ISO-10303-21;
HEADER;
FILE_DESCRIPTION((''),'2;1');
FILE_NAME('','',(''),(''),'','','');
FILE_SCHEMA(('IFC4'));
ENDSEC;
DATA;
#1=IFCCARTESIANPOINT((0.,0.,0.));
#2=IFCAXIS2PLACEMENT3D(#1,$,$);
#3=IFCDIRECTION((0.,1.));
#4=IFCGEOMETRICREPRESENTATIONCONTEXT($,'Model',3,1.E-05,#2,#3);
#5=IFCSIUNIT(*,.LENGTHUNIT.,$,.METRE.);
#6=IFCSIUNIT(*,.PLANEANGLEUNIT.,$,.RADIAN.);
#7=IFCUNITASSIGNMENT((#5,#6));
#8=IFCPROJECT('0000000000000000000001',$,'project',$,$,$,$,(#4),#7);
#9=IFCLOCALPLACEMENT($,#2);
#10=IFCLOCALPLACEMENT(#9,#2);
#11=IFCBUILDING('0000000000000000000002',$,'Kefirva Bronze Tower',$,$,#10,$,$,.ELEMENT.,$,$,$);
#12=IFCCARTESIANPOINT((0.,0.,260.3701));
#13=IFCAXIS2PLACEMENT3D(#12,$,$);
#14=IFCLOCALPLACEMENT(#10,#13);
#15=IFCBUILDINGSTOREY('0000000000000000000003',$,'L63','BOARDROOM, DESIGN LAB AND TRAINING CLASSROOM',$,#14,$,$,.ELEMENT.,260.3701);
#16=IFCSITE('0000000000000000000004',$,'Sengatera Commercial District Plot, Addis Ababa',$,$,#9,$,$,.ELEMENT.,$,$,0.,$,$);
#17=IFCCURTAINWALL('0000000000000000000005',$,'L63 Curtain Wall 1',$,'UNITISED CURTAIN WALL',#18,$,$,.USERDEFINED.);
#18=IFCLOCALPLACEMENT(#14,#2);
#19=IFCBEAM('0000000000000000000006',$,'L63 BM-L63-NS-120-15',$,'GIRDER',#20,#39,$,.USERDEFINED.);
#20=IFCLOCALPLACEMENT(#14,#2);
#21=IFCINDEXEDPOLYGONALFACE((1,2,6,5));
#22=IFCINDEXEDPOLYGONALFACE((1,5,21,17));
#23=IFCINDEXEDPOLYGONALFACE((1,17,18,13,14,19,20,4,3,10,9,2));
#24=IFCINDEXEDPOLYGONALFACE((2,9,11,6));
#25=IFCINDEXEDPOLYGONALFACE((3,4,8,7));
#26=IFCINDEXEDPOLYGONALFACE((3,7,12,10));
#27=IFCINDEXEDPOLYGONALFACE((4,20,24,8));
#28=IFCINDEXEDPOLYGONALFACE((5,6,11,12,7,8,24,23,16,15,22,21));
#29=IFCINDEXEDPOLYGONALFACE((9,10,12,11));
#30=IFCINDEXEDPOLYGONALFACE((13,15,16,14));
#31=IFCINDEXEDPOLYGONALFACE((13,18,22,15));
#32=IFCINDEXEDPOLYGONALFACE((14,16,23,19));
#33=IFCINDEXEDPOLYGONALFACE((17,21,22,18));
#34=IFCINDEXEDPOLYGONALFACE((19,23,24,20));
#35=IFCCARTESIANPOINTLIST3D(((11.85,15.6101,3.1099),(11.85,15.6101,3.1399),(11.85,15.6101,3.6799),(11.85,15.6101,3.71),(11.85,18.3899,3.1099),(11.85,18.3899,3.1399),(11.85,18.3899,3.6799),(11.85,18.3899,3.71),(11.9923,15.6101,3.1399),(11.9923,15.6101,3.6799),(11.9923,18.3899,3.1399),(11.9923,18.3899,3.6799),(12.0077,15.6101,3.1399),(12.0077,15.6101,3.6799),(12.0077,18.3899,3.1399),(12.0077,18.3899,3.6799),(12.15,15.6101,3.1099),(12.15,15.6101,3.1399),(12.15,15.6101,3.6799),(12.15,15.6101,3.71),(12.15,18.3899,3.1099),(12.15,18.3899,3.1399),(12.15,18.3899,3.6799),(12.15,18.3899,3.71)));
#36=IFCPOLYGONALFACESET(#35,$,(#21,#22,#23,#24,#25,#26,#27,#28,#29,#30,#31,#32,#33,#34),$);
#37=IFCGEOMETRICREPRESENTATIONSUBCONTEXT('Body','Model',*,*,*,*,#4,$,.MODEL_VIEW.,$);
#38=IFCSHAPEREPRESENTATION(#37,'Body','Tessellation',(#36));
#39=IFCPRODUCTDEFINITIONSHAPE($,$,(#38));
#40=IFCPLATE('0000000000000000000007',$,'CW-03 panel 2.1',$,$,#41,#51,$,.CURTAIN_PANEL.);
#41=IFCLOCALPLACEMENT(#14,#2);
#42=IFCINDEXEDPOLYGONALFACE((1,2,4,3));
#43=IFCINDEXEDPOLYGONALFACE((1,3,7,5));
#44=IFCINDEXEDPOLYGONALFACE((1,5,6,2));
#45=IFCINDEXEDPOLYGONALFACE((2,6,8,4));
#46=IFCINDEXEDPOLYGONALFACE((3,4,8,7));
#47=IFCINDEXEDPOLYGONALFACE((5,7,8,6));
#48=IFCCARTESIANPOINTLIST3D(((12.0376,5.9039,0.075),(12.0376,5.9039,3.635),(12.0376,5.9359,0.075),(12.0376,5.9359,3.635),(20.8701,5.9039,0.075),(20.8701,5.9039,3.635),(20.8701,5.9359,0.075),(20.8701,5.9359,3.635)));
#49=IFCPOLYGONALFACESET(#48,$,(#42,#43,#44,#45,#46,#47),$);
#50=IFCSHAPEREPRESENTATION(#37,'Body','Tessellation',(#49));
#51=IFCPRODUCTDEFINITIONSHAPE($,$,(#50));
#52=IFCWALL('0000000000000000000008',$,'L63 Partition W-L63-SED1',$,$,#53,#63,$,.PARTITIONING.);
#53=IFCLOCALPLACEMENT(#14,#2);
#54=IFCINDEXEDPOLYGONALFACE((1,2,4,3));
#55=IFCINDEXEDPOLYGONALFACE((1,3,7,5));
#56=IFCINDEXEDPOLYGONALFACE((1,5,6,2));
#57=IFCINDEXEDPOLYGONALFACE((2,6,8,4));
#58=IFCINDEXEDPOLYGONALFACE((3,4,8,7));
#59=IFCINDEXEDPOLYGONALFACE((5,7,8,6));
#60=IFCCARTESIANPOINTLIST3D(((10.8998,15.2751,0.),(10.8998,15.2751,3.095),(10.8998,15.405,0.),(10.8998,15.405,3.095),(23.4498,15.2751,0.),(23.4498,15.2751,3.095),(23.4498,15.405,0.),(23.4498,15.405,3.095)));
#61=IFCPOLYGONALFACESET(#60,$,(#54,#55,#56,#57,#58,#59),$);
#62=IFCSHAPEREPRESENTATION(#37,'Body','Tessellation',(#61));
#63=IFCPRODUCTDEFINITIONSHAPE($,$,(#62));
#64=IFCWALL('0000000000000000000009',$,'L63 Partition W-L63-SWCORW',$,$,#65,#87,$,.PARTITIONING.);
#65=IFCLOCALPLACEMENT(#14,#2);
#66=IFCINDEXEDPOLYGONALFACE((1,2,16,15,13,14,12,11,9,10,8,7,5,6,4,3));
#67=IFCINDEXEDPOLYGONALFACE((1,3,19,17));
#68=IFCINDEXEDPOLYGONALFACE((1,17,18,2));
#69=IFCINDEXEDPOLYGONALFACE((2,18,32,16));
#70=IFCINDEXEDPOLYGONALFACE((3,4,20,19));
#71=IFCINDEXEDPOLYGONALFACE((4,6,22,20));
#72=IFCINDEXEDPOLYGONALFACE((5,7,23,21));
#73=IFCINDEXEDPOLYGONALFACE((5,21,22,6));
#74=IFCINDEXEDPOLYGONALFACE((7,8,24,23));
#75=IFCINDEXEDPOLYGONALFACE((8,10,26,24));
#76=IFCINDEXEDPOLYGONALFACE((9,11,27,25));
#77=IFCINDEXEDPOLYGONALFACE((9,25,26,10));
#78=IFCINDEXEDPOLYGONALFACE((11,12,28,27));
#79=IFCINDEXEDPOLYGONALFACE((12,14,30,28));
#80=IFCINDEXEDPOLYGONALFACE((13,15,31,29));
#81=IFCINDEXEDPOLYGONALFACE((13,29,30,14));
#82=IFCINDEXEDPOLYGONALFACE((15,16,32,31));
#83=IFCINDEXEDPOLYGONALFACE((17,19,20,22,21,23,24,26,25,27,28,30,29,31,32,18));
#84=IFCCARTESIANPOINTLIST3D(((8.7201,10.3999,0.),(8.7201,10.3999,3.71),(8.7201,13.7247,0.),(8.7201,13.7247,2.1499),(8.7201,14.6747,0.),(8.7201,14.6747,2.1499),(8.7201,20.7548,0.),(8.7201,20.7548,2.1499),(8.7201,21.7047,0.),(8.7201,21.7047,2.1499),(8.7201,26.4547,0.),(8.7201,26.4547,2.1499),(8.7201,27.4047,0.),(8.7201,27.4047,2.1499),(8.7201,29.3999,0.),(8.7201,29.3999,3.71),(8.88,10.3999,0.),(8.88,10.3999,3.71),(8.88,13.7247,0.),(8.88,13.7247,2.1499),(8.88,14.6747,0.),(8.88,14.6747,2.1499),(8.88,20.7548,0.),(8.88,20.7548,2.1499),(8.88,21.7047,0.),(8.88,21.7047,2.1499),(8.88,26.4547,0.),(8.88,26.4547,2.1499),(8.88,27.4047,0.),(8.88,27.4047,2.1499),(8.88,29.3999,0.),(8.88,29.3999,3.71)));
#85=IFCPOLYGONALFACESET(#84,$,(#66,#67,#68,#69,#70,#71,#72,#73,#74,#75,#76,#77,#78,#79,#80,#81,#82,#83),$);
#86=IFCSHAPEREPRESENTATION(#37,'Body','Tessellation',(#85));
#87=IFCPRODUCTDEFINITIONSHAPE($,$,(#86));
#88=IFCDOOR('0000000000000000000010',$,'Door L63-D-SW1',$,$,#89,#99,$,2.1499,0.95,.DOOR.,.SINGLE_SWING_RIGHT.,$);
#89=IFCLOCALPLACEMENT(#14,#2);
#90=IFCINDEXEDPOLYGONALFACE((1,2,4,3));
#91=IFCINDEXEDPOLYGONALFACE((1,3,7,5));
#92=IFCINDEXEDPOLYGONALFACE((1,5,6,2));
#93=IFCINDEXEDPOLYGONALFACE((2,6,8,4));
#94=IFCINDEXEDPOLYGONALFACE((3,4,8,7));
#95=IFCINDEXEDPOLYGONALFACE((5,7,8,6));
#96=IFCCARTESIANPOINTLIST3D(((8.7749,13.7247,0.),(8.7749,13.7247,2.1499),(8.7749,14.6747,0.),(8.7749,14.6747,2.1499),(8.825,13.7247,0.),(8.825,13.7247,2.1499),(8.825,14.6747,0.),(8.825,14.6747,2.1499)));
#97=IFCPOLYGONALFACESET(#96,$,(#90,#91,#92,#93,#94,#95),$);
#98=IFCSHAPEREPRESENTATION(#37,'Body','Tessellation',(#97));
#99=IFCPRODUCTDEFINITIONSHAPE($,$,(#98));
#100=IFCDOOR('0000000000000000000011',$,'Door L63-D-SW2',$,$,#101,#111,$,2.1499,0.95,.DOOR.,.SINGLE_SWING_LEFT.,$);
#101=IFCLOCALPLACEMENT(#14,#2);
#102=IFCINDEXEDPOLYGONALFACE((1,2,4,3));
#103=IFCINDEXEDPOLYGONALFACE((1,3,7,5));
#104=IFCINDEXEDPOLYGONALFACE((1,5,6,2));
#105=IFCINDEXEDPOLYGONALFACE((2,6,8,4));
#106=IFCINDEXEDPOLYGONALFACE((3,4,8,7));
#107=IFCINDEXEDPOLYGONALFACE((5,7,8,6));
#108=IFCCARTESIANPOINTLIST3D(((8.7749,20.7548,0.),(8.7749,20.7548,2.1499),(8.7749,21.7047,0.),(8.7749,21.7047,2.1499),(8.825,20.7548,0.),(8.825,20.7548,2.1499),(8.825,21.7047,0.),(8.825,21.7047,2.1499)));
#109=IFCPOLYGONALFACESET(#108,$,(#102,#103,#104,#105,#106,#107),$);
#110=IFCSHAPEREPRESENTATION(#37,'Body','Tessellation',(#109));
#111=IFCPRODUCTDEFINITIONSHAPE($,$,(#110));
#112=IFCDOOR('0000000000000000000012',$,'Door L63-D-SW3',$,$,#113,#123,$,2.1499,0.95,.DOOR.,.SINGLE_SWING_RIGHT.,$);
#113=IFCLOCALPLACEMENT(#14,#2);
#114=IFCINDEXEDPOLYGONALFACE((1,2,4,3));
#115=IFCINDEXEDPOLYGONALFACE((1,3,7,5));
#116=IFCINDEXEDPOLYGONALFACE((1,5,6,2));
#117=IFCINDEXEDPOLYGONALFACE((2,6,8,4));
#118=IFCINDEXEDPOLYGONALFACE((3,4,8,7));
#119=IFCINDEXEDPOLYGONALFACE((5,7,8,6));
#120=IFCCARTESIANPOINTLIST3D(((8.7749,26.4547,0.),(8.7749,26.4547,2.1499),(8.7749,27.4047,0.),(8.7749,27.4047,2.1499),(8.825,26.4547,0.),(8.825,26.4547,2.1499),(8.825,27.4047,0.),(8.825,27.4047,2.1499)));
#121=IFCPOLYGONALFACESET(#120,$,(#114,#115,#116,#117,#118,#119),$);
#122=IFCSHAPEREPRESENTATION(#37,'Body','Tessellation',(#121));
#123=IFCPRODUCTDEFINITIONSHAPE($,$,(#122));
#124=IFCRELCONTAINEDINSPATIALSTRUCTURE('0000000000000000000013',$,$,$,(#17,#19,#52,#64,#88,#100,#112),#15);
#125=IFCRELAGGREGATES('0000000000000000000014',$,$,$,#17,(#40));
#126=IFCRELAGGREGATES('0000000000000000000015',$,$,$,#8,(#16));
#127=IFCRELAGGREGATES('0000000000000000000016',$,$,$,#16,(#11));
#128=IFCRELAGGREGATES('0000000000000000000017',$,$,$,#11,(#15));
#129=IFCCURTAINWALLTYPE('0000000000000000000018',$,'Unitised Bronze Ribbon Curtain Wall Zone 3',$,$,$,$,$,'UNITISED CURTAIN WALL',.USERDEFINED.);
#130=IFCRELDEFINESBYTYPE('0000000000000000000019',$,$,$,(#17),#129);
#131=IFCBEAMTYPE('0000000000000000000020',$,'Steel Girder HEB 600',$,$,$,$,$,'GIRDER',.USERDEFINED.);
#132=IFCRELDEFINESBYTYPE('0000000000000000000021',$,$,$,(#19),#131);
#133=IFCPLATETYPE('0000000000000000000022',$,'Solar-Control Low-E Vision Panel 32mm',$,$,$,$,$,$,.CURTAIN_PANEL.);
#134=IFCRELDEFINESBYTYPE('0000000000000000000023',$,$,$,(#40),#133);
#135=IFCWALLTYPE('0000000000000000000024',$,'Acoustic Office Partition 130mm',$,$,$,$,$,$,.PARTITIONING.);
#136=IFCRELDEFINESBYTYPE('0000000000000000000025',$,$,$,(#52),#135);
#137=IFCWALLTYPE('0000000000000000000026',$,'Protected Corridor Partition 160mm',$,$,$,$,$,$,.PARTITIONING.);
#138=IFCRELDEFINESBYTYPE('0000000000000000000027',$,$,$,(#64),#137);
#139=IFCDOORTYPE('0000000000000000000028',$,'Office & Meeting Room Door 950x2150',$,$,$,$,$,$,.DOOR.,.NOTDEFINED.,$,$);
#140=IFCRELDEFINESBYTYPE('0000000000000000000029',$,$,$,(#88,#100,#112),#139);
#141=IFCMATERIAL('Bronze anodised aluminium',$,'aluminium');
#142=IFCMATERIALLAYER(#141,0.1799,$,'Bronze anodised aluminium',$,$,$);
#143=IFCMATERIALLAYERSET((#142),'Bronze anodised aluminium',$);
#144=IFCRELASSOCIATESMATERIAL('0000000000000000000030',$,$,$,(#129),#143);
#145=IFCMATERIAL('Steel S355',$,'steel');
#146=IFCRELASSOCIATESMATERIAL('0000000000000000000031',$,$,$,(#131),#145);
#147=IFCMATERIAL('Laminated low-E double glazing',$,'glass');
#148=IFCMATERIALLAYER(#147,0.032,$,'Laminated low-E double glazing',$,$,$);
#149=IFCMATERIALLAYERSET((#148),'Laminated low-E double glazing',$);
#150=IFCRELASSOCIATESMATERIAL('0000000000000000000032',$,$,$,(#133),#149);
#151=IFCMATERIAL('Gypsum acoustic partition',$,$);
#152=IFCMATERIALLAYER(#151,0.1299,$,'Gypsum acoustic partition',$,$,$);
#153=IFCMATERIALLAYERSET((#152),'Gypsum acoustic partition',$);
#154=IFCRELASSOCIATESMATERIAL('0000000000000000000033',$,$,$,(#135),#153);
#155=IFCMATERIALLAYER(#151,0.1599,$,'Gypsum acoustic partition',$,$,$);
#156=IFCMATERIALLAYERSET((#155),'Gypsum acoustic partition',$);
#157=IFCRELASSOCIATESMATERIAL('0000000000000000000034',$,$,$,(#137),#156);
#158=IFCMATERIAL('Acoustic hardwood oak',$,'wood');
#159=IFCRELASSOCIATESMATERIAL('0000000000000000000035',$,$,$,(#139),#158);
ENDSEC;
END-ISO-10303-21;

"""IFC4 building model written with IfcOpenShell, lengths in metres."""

from ifc_helpers import new_model, si_unit, direction, frame, frame_2d, origin, origin_2d, place, context, subcontext, project, spatial, rectangle, i_section, extrude, material, layer, layer_set, material_profile, profile_set, type_object, element, fill, aggregate, save


model = new_model("IFC4")

# Units and contexts
model_context = context("Model", 3, precision=1e-05, world=origin(), true_north=direction((0.0, 1.0)))
body_context = subcontext(model_context, "Body", "Model", "MODEL_VIEW")
ifc_project = project(units=[si_unit("LENGTHUNIT", "METRE"), si_unit("PLANEANGLEUNIT", "RADIAN")], contexts=[model_context])

# Site, building, storey
site_placement = place(None, origin())
site = spatial("IfcSite", under=ifc_project, at=site_placement, Name="Sengatera Commercial District Plot, Addis Ababa", CompositionType="ELEMENT", RefElevation=0.0)
building_placement = place(site_placement, origin())
building = spatial("IfcBuilding", under=site, at=building_placement, Name="Kefirva Bronze Tower", CompositionType="ELEMENT")
storey_placement = place(building_placement, frame((0.0, 0.0, 260.3701)))
storey = spatial("IfcBuildingStorey", under=building, at=storey_placement, Name="L63", Description="BOARDROOM, DESIGN LAB AND TRAINING CLASSROOM", CompositionType="ELEMENT", Elevation=260.3701)

# Curtain wall
ifc_material_1 = material(Name="Bronze anodised aluminium", Category="aluminium")
ifc_layer_1 = layer(ifc_material_1, 0.1799, Name="Bronze anodised aluminium")
ifc_layer_set_1 = layer_set([ifc_layer_1], Name="Bronze anodised aluminium")
curtain_wall_type = type_object("IfcCurtainWallType", Name="Unitised Bronze Ribbon Curtain Wall Zone 3", ElementType="UNITISED CURTAIN WALL", PredefinedType="USERDEFINED", material=ifc_layer_set_1)
curtain_wall_placement = place(storey_placement, origin())
curtain_wall = element("IfcCurtainWall", 1, at=curtain_wall_placement, inside=storey, type_object=curtain_wall_type, Name="L63 Curtain Wall 1", ObjectType="UNITISED CURTAIN WALL", PredefinedType="USERDEFINED")

# Beam
ifc_material_2 = material(Name="Steel S355", Category="steel")
ifc_material_profile_1 = material_profile(ifc_material_2, i_section(OverallWidth=0.3, OverallDepth=0.6001, WebThickness=0.0154, FlangeThickness=0.03, at=origin_2d()), Name="HEB 600")
ifc_profile_set_1 = profile_set([ifc_material_profile_1], Name="Steel S355")
beam_type = type_object("IfcBeamType", Name="Steel Girder HEB 600", ElementType="GIRDER", PredefinedType="USERDEFINED", material=ifc_profile_set_1)
beam_1_placement = place(storey_placement, frame((12.0, 15.6101, 3.4099), z_axis=(0.0, 1.0, 0.0), x_axis=(-1.0, 0.0, 0.0)))
element("IfcBeam", 2, at=beam_1_placement, inside=storey, type_object=beam_type, Name="L63 BM-L63-NS-120-15", ObjectType="GIRDER", PredefinedType="USERDEFINED", context=body_context, shape_type="SweptSolid", body=[
    extrude(i_section(OverallWidth=0.3, OverallDepth=0.6001, WebThickness=0.0154, FlangeThickness=0.03, at=origin_2d()), origin(), (0.0, 0.0, 1.0), 2.7798),
])

# Plate
ifc_material_3 = material(Name="Laminated low-E double glazing", Category="glass")
ifc_layer_2 = layer(ifc_material_3, 0.032, Name="Laminated low-E double glazing")
ifc_layer_set_2 = layer_set([ifc_layer_2], Name="Laminated low-E double glazing")
plate_type = type_object("IfcPlateType", Name="Solar-Control Low-E Vision Panel 32mm", PredefinedType="CURTAIN_PANEL", material=ifc_layer_set_2)
plate_placement = place(storey_placement, frame((16.4539, 5.9199, 0.075), z_axis=(0.0, 0.0, 1.0), x_axis=(1.0, 0.0, 0.0)))
plate = element("IfcPlate", 3, at=plate_placement, type_object=plate_type, Name="CW-03 panel 2.1", PredefinedType="CURTAIN_PANEL", context=body_context, shape_type="SweptSolid", body=[
    extrude(rectangle(XDim=8.8325, YDim=0.032, at=origin_2d()), origin(), (0.0, 0.0, 1.0), 3.5601),
])
aggregate(curtain_wall, [plate])

# Wall
ifc_material_4 = material(Name="Gypsum acoustic partition")
ifc_layer_3 = layer(ifc_material_4, 0.1299, Name="Gypsum acoustic partition")
ifc_layer_set_3 = layer_set([ifc_layer_3], Name="Gypsum acoustic partition")
wall_type_1 = type_object("IfcWallType", Name="Acoustic Office Partition 130mm", PredefinedType="PARTITIONING", material=ifc_layer_set_3)
wall_1_placement = place(storey_placement, frame((10.8999, 15.3401, 0.0), z_axis=(0.0, 0.0, 1.0), x_axis=(1.0, 0.0, 0.0)))
element("IfcWall", 4, at=wall_1_placement, inside=storey, type_object=wall_type_1, Name="L63 Partition W-L63-SED1", PredefinedType="PARTITIONING", context=body_context, shape_type="SweptSolid", body=[
    extrude(rectangle(XDim=12.55, YDim=0.1299, at=frame_2d((6.2749, 0.0))), origin(), (0.0, 0.0, 1.0), 3.095),
])

# Wall, openings, doors
ifc_layer_4 = layer(ifc_material_4, 0.1599, Name="Gypsum acoustic partition")
ifc_layer_set_4 = layer_set([ifc_layer_4], Name="Gypsum acoustic partition")
wall_type_2 = type_object("IfcWallType", Name="Protected Corridor Partition 160mm", PredefinedType="PARTITIONING", material=ifc_layer_set_4)
wall_2_placement = place(storey_placement, frame((8.8, 10.3999, 0.0), z_axis=(0.0, 0.0, 1.0), x_axis=(0.0, 1.0, 0.0)))
wall_2 = element("IfcWall", 5, at=wall_2_placement, inside=storey, type_object=wall_type_2, Name="L63 Partition W-L63-SWCORW", PredefinedType="PARTITIONING", context=body_context, shape_type="SweptSolid", body=[
    extrude(rectangle(XDim=19.0, YDim=0.1599, at=frame_2d((9.5, 0.0))), origin(), (0.0, 0.0, 1.0), 3.71),
])
opening_1_placement = place(wall_2_placement, frame((4.2749, 0.0, 0.0), z_axis=(0.0, 0.0, 1.0), x_axis=(-1.0, 0.0, 0.0)))
opening_1 = element("IfcOpeningElement", 6, at=opening_1_placement, cuts=wall_2, PredefinedType="OPENING", context=body_context, shape_type="SweptSolid", body=[
    extrude(rectangle(XDim=0.95, YDim=2.1499, at=frame_2d((0.4751, 1.075))), frame((0.0, 0.0898, 0.0), z_axis=(0.0, -1.0, 0.0), x_axis=(1.0, 0.0, 0.0)), (0.0, 0.0, 1.0), 0.1799),
])
opening_2_placement = place(wall_2_placement, frame((11.3049, 0.0, 0.0), z_axis=(0.0, 0.0, 1.0), x_axis=(-1.0, 0.0, 0.0)))
opening_2 = element("IfcOpeningElement", 7, at=opening_2_placement, cuts=wall_2, PredefinedType="OPENING", context=body_context, shape_type="SweptSolid", body=[
    extrude(rectangle(XDim=0.95, YDim=2.1499, at=frame_2d((0.4751, 1.075))), frame((0.0, 0.0898, 0.0), z_axis=(0.0, -1.0, 0.0), x_axis=(1.0, 0.0, 0.0)), (0.0, 0.0, 1.0), 0.1799),
])
opening_3_placement = place(wall_2_placement, frame((17.0049, 0.0, 0.0), z_axis=(0.0, 0.0, 1.0), x_axis=(-1.0, 0.0, 0.0)))
opening_3 = element("IfcOpeningElement", 8, at=opening_3_placement, cuts=wall_2, PredefinedType="OPENING", context=body_context, shape_type="SweptSolid", body=[
    extrude(rectangle(XDim=0.95, YDim=2.1499, at=frame_2d((0.4751, 1.075))), frame((0.0, 0.0898, 0.0), z_axis=(0.0, -1.0, 0.0), x_axis=(1.0, 0.0, 0.0)), (0.0, 0.0, 1.0), 0.1799),
])
ifc_material_5 = material(Name="Acoustic hardwood oak", Category="wood")
door_type = type_object("IfcDoorType", Name="Office & Meeting Room Door 950x2150", OperationType="NOTDEFINED", PredefinedType="DOOR", material=ifc_material_5)
door_1_placement = place(opening_1_placement, origin())
door_1 = element("IfcDoor", 9, at=door_1_placement, inside=storey, type_object=door_type, Name="Door L63-D-SW1", OperationType="SINGLE_SWING_RIGHT", OverallHeight=2.1499, OverallWidth=0.95, PredefinedType="DOOR", context=body_context, shape_type="SweptSolid", body=[
    extrude(rectangle(XDim=0.95, YDim=2.1499, at=frame_2d((0.4751, 1.075))), frame((0.0, 0.0249, 0.0), z_axis=(0.0, -1.0, 0.0), x_axis=(1.0, 0.0, 0.0)), (0.0, 0.0, 1.0), 0.05),
])
fill(opening_1, door_1)
door_2_placement = place(opening_2_placement, origin())
door_2 = element("IfcDoor", 10, at=door_2_placement, inside=storey, type_object=door_type, Name="Door L63-D-SW2", OperationType="SINGLE_SWING_LEFT", OverallHeight=2.1499, OverallWidth=0.95, PredefinedType="DOOR", context=body_context, shape_type="SweptSolid", body=[
    extrude(rectangle(XDim=0.95, YDim=2.1499, at=frame_2d((0.4751, 1.075))), frame((0.0, 0.0249, 0.0), z_axis=(0.0, -1.0, 0.0), x_axis=(1.0, 0.0, 0.0)), (0.0, 0.0, 1.0), 0.05),
])
fill(opening_2, door_2)
door_3_placement = place(opening_3_placement, origin())
door_3 = element("IfcDoor", 11, at=door_3_placement, inside=storey, type_object=door_type, Name="Door L63-D-SW3", OperationType="SINGLE_SWING_RIGHT", OverallHeight=2.1499, OverallWidth=0.95, PredefinedType="DOOR", context=body_context, shape_type="SweptSolid", body=[
    extrude(rectangle(XDim=0.95, YDim=2.1499, at=frame_2d((0.4751, 1.075))), frame((0.0, 0.0249, 0.0), z_axis=(0.0, -1.0, 0.0), x_axis=(1.0, 0.0, 0.0)), (0.0, 0.0, 1.0), 0.05),
])
fill(opening_3, door_3)

save(model, "model.ifc")
